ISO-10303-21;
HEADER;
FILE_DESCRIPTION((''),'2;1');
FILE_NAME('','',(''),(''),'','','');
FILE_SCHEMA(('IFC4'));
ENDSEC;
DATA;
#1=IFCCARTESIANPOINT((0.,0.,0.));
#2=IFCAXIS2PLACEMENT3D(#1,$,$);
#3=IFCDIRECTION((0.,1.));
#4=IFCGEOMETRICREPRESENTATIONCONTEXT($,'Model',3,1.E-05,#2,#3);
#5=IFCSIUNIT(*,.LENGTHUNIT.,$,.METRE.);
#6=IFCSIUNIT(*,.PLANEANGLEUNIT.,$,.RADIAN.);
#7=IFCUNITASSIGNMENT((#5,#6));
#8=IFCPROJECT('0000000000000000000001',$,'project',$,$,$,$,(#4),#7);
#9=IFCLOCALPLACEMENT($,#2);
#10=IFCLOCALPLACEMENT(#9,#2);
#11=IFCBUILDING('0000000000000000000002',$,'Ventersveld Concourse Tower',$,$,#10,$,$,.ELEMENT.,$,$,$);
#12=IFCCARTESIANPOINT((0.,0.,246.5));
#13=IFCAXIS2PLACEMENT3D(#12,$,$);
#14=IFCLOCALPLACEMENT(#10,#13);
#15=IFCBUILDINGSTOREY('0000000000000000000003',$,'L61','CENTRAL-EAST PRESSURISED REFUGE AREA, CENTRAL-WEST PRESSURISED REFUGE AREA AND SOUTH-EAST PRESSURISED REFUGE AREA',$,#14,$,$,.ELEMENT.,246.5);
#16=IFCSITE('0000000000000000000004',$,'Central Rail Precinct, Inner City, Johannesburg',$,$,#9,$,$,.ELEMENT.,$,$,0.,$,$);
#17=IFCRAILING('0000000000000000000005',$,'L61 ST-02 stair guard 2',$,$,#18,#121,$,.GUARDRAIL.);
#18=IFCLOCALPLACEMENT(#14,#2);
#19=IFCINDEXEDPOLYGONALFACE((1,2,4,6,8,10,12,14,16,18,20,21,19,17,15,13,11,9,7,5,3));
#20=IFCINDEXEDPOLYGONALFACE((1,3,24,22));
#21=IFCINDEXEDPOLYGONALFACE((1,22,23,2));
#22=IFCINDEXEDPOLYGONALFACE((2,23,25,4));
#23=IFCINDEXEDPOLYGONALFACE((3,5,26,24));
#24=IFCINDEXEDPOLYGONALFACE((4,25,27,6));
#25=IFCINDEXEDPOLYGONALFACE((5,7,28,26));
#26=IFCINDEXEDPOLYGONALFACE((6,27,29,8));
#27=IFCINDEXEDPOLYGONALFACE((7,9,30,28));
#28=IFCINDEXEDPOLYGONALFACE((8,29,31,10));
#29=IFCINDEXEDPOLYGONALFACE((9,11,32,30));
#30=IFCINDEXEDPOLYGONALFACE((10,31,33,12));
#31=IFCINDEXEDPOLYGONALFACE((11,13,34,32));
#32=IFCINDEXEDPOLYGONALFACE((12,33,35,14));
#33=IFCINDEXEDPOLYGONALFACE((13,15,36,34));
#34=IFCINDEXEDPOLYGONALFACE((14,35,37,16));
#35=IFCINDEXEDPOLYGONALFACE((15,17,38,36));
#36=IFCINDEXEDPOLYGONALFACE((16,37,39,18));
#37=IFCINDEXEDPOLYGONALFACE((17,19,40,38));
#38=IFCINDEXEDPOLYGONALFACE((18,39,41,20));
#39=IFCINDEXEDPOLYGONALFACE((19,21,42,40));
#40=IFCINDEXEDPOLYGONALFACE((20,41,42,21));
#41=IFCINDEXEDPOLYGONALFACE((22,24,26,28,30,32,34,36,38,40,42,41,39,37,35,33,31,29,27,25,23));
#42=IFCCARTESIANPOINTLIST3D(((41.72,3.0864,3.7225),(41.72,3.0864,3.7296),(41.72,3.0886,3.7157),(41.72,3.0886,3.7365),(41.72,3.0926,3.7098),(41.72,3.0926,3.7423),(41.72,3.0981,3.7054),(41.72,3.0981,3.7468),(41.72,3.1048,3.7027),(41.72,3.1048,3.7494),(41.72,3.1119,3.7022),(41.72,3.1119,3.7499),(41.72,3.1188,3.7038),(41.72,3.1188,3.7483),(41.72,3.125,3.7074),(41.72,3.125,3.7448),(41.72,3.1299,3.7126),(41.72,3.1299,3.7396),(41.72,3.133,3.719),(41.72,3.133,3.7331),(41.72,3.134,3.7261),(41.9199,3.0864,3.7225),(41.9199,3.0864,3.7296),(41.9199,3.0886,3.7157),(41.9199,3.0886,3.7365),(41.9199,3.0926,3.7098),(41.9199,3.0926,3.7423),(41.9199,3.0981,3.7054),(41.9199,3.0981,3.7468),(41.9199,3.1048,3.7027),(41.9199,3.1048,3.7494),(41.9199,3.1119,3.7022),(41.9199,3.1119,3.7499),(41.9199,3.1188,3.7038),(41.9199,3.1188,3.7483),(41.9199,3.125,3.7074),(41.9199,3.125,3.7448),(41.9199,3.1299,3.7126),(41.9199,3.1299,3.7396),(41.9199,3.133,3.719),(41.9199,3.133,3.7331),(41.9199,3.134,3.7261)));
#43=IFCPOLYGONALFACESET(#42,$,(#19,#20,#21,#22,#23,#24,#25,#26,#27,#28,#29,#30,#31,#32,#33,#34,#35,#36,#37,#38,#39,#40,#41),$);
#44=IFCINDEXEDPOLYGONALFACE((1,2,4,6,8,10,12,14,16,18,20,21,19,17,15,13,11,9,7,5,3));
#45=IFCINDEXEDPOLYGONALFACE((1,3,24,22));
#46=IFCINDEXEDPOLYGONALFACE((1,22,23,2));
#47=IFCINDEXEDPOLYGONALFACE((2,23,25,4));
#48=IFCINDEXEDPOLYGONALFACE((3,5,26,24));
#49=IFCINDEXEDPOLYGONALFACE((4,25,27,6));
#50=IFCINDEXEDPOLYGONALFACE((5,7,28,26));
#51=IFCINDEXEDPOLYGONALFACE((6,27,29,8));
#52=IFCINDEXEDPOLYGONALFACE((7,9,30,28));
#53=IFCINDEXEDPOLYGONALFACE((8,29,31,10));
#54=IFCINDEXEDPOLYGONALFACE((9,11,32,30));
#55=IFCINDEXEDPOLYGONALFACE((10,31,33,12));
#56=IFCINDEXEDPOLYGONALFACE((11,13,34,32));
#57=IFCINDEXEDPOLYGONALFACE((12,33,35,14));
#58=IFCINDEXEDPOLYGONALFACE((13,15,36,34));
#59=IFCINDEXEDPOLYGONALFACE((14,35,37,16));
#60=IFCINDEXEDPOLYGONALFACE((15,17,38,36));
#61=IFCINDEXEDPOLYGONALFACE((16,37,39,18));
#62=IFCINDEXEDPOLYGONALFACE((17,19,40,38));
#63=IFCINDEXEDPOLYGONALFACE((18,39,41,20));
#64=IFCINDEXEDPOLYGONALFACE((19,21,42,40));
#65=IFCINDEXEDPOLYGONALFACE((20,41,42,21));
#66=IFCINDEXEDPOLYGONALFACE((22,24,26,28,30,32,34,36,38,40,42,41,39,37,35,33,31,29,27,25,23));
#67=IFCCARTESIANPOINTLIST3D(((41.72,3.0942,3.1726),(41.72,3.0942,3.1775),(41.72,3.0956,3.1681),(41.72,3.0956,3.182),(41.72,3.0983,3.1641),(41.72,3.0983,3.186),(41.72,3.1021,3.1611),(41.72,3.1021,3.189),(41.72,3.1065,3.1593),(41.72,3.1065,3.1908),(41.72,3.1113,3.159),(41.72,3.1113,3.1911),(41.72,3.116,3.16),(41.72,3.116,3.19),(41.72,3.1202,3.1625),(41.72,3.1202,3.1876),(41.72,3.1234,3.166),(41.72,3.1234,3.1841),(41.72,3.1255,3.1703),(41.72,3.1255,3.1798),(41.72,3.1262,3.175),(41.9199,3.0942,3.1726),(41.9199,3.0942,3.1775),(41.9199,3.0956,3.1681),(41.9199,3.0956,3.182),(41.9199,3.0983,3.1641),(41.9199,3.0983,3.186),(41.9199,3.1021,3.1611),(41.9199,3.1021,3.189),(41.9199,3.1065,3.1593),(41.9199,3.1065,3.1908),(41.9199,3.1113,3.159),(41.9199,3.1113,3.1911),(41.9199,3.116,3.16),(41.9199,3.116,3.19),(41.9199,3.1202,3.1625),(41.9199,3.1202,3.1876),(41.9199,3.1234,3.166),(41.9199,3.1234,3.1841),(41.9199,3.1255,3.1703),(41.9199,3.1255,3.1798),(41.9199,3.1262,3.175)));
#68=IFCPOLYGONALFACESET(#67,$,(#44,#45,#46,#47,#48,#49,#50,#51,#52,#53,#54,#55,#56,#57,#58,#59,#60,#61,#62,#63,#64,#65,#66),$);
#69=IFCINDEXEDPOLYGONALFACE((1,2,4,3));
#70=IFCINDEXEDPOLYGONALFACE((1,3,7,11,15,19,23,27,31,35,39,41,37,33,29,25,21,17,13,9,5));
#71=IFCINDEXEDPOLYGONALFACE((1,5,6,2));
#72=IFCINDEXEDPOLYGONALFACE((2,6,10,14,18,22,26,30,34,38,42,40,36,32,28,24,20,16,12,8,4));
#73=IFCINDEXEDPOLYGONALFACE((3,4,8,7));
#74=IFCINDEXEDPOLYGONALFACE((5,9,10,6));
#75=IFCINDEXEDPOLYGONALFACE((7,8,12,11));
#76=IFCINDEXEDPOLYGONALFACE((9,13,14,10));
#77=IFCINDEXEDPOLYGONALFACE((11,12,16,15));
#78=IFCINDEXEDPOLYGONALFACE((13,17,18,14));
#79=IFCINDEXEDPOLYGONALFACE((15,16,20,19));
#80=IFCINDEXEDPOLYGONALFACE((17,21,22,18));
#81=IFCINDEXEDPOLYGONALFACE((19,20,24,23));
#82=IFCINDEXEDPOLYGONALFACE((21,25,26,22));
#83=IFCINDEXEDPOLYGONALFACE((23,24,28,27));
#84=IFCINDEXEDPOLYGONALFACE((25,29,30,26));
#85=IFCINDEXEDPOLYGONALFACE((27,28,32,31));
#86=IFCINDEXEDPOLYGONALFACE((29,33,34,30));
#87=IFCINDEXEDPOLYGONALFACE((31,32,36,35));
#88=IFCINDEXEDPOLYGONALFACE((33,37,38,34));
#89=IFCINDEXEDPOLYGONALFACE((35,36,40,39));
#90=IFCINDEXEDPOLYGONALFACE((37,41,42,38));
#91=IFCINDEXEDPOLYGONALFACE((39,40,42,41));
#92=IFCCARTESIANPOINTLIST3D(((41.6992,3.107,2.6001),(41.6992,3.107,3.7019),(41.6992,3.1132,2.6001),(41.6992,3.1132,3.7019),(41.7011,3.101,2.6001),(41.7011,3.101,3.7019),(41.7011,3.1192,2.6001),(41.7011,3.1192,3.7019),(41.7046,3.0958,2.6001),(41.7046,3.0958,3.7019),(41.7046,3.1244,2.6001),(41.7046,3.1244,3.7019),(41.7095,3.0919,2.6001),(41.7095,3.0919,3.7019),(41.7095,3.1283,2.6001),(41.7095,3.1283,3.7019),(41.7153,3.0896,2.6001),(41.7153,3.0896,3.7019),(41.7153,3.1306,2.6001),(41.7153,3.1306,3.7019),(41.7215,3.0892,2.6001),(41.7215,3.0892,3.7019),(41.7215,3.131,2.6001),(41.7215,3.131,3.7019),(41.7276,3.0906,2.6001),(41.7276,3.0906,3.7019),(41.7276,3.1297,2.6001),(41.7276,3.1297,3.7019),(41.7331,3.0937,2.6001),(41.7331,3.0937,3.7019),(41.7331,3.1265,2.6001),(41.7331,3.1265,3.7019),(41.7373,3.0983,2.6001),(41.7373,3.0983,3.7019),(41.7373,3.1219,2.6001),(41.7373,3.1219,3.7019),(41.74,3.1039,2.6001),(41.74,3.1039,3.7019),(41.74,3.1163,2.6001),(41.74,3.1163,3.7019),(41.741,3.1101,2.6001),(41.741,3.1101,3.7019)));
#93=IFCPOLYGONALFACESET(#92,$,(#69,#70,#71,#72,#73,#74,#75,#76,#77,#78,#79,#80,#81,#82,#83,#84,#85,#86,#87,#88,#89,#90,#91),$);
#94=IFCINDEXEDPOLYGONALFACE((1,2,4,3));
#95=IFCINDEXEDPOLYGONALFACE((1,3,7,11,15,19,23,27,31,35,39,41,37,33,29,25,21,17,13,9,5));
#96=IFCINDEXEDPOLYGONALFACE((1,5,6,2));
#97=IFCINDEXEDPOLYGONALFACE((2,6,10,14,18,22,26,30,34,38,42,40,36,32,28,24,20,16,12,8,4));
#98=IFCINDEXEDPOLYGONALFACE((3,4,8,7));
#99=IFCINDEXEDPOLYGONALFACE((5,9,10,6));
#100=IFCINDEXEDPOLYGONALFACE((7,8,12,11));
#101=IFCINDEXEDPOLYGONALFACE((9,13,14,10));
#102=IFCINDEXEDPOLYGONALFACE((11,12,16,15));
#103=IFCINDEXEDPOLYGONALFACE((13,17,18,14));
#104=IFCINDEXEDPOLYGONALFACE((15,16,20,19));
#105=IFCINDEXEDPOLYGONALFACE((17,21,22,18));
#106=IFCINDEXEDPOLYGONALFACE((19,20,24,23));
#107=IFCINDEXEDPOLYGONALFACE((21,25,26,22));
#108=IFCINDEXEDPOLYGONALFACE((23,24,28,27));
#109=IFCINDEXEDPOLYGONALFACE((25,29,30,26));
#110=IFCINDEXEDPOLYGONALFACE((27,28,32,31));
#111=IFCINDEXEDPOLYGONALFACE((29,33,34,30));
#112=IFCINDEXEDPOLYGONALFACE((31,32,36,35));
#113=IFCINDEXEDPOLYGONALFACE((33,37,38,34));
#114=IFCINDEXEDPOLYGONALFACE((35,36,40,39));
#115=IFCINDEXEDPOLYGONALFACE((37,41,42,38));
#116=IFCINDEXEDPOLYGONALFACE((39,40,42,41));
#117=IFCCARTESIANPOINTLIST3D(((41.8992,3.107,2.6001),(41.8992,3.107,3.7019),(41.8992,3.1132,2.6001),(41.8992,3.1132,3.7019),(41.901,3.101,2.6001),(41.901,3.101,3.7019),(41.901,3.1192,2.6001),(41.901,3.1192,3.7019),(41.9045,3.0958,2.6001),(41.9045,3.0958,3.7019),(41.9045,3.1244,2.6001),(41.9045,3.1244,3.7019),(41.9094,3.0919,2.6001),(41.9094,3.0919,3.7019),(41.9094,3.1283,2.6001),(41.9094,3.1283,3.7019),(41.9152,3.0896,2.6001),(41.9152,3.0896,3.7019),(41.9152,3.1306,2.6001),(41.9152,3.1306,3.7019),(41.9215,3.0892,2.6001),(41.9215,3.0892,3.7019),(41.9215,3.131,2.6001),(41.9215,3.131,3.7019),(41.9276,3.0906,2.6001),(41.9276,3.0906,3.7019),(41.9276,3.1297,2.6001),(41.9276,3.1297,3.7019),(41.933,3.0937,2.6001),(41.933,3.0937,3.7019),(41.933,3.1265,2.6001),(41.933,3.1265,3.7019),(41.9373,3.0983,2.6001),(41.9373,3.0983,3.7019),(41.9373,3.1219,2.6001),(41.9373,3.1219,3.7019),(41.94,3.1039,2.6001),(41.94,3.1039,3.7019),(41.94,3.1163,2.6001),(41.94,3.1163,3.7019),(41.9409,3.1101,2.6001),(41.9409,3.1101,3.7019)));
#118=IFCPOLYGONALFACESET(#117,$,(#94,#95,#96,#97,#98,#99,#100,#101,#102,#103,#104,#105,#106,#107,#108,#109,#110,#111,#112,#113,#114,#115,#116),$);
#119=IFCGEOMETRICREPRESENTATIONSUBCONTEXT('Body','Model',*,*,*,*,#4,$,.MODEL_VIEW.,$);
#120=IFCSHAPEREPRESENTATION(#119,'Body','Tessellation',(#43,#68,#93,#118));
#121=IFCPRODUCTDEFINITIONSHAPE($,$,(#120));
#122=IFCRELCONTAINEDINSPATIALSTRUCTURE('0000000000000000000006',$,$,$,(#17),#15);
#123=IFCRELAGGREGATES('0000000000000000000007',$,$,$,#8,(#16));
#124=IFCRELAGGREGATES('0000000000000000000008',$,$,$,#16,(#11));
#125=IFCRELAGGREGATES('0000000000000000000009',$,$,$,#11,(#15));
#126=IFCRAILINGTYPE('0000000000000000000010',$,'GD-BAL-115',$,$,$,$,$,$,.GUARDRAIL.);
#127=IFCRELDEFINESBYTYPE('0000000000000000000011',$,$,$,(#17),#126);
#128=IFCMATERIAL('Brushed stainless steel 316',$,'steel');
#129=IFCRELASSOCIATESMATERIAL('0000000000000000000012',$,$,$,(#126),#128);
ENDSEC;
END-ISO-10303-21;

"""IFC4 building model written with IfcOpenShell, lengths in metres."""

from ifc_helpers import new_model, si_unit, direction, frame, origin, origin_2d, place, context, subcontext, project, spatial, circle, extrude, material, type_object, element, save


model = new_model("IFC4")

# Units and contexts
model_context = context("Model", 3, precision=1e-05, world=origin(), true_north=direction((0.0, 1.0)))
body_context = subcontext(model_context, "Body", "Model", "MODEL_VIEW")
ifc_project = project(units=[si_unit("LENGTHUNIT", "METRE"), si_unit("PLANEANGLEUNIT", "RADIAN")], contexts=[model_context])

# Site, building, storey
site_placement = place(None, origin())
site = spatial("IfcSite", under=ifc_project, at=site_placement, Name="Central Rail Precinct, Inner City, Johannesburg", CompositionType="ELEMENT", RefElevation=0.0)
building_placement = place(site_placement, origin())
building = spatial("IfcBuilding", under=site, at=building_placement, Name="Ventersveld Concourse Tower", CompositionType="ELEMENT")
storey_placement = place(building_placement, frame((0.0, 0.0, 246.5)))
storey = spatial("IfcBuildingStorey", under=building, at=storey_placement, Name="L61", Description="CENTRAL-EAST PRESSURISED REFUGE AREA, CENTRAL-WEST PRESSURISED REFUGE AREA AND SOUTH-EAST PRESSURISED REFUGE AREA", CompositionType="ELEMENT", Elevation=246.5)

# Railing
ifc_material_1 = material(Name="Brushed stainless steel 316", Category="steel")
railing_type_1 = type_object("IfcRailingType", Name="GD-BAL-115", PredefinedType="GUARDRAIL", material=ifc_material_1)
railing_1_placement = place(storey_placement, frame((41.72, 3.1101, 2.6001)))
element("IfcRailing", 1, at=railing_1_placement, inside=storey, type_object=railing_type_1, Name="L61 ST-02 stair guard 2", PredefinedType="GUARDRAIL", context=body_context, shape_type="SweptSolid", body=[
    extrude(circle(Radius=0.0239, at=origin_2d()), frame((0.0, 0.0, 1.126), z_axis=(1.0, 0.0, 0.0), x_axis=(0.0, 1.0, 0.0)), (0.0, 0.0, 1.0), 0.2),
    extrude(circle(Radius=0.0161, at=origin_2d()), frame((0.0, 0.0, 0.575), z_axis=(1.0, 0.0, 0.0), x_axis=(0.0, 1.0, 0.0)), (0.0, 0.0, 1.0), 0.2),
    extrude(circle(Radius=0.021, at=origin_2d()), origin(), (0.0, 0.0, 1.0), 1.1018),
    extrude(circle(Radius=0.021, at=origin_2d()), frame((0.2, 0.0, 0.0)), (0.0, 0.0, 1.0), 1.1018),
])

save(model, "model.ifc")
